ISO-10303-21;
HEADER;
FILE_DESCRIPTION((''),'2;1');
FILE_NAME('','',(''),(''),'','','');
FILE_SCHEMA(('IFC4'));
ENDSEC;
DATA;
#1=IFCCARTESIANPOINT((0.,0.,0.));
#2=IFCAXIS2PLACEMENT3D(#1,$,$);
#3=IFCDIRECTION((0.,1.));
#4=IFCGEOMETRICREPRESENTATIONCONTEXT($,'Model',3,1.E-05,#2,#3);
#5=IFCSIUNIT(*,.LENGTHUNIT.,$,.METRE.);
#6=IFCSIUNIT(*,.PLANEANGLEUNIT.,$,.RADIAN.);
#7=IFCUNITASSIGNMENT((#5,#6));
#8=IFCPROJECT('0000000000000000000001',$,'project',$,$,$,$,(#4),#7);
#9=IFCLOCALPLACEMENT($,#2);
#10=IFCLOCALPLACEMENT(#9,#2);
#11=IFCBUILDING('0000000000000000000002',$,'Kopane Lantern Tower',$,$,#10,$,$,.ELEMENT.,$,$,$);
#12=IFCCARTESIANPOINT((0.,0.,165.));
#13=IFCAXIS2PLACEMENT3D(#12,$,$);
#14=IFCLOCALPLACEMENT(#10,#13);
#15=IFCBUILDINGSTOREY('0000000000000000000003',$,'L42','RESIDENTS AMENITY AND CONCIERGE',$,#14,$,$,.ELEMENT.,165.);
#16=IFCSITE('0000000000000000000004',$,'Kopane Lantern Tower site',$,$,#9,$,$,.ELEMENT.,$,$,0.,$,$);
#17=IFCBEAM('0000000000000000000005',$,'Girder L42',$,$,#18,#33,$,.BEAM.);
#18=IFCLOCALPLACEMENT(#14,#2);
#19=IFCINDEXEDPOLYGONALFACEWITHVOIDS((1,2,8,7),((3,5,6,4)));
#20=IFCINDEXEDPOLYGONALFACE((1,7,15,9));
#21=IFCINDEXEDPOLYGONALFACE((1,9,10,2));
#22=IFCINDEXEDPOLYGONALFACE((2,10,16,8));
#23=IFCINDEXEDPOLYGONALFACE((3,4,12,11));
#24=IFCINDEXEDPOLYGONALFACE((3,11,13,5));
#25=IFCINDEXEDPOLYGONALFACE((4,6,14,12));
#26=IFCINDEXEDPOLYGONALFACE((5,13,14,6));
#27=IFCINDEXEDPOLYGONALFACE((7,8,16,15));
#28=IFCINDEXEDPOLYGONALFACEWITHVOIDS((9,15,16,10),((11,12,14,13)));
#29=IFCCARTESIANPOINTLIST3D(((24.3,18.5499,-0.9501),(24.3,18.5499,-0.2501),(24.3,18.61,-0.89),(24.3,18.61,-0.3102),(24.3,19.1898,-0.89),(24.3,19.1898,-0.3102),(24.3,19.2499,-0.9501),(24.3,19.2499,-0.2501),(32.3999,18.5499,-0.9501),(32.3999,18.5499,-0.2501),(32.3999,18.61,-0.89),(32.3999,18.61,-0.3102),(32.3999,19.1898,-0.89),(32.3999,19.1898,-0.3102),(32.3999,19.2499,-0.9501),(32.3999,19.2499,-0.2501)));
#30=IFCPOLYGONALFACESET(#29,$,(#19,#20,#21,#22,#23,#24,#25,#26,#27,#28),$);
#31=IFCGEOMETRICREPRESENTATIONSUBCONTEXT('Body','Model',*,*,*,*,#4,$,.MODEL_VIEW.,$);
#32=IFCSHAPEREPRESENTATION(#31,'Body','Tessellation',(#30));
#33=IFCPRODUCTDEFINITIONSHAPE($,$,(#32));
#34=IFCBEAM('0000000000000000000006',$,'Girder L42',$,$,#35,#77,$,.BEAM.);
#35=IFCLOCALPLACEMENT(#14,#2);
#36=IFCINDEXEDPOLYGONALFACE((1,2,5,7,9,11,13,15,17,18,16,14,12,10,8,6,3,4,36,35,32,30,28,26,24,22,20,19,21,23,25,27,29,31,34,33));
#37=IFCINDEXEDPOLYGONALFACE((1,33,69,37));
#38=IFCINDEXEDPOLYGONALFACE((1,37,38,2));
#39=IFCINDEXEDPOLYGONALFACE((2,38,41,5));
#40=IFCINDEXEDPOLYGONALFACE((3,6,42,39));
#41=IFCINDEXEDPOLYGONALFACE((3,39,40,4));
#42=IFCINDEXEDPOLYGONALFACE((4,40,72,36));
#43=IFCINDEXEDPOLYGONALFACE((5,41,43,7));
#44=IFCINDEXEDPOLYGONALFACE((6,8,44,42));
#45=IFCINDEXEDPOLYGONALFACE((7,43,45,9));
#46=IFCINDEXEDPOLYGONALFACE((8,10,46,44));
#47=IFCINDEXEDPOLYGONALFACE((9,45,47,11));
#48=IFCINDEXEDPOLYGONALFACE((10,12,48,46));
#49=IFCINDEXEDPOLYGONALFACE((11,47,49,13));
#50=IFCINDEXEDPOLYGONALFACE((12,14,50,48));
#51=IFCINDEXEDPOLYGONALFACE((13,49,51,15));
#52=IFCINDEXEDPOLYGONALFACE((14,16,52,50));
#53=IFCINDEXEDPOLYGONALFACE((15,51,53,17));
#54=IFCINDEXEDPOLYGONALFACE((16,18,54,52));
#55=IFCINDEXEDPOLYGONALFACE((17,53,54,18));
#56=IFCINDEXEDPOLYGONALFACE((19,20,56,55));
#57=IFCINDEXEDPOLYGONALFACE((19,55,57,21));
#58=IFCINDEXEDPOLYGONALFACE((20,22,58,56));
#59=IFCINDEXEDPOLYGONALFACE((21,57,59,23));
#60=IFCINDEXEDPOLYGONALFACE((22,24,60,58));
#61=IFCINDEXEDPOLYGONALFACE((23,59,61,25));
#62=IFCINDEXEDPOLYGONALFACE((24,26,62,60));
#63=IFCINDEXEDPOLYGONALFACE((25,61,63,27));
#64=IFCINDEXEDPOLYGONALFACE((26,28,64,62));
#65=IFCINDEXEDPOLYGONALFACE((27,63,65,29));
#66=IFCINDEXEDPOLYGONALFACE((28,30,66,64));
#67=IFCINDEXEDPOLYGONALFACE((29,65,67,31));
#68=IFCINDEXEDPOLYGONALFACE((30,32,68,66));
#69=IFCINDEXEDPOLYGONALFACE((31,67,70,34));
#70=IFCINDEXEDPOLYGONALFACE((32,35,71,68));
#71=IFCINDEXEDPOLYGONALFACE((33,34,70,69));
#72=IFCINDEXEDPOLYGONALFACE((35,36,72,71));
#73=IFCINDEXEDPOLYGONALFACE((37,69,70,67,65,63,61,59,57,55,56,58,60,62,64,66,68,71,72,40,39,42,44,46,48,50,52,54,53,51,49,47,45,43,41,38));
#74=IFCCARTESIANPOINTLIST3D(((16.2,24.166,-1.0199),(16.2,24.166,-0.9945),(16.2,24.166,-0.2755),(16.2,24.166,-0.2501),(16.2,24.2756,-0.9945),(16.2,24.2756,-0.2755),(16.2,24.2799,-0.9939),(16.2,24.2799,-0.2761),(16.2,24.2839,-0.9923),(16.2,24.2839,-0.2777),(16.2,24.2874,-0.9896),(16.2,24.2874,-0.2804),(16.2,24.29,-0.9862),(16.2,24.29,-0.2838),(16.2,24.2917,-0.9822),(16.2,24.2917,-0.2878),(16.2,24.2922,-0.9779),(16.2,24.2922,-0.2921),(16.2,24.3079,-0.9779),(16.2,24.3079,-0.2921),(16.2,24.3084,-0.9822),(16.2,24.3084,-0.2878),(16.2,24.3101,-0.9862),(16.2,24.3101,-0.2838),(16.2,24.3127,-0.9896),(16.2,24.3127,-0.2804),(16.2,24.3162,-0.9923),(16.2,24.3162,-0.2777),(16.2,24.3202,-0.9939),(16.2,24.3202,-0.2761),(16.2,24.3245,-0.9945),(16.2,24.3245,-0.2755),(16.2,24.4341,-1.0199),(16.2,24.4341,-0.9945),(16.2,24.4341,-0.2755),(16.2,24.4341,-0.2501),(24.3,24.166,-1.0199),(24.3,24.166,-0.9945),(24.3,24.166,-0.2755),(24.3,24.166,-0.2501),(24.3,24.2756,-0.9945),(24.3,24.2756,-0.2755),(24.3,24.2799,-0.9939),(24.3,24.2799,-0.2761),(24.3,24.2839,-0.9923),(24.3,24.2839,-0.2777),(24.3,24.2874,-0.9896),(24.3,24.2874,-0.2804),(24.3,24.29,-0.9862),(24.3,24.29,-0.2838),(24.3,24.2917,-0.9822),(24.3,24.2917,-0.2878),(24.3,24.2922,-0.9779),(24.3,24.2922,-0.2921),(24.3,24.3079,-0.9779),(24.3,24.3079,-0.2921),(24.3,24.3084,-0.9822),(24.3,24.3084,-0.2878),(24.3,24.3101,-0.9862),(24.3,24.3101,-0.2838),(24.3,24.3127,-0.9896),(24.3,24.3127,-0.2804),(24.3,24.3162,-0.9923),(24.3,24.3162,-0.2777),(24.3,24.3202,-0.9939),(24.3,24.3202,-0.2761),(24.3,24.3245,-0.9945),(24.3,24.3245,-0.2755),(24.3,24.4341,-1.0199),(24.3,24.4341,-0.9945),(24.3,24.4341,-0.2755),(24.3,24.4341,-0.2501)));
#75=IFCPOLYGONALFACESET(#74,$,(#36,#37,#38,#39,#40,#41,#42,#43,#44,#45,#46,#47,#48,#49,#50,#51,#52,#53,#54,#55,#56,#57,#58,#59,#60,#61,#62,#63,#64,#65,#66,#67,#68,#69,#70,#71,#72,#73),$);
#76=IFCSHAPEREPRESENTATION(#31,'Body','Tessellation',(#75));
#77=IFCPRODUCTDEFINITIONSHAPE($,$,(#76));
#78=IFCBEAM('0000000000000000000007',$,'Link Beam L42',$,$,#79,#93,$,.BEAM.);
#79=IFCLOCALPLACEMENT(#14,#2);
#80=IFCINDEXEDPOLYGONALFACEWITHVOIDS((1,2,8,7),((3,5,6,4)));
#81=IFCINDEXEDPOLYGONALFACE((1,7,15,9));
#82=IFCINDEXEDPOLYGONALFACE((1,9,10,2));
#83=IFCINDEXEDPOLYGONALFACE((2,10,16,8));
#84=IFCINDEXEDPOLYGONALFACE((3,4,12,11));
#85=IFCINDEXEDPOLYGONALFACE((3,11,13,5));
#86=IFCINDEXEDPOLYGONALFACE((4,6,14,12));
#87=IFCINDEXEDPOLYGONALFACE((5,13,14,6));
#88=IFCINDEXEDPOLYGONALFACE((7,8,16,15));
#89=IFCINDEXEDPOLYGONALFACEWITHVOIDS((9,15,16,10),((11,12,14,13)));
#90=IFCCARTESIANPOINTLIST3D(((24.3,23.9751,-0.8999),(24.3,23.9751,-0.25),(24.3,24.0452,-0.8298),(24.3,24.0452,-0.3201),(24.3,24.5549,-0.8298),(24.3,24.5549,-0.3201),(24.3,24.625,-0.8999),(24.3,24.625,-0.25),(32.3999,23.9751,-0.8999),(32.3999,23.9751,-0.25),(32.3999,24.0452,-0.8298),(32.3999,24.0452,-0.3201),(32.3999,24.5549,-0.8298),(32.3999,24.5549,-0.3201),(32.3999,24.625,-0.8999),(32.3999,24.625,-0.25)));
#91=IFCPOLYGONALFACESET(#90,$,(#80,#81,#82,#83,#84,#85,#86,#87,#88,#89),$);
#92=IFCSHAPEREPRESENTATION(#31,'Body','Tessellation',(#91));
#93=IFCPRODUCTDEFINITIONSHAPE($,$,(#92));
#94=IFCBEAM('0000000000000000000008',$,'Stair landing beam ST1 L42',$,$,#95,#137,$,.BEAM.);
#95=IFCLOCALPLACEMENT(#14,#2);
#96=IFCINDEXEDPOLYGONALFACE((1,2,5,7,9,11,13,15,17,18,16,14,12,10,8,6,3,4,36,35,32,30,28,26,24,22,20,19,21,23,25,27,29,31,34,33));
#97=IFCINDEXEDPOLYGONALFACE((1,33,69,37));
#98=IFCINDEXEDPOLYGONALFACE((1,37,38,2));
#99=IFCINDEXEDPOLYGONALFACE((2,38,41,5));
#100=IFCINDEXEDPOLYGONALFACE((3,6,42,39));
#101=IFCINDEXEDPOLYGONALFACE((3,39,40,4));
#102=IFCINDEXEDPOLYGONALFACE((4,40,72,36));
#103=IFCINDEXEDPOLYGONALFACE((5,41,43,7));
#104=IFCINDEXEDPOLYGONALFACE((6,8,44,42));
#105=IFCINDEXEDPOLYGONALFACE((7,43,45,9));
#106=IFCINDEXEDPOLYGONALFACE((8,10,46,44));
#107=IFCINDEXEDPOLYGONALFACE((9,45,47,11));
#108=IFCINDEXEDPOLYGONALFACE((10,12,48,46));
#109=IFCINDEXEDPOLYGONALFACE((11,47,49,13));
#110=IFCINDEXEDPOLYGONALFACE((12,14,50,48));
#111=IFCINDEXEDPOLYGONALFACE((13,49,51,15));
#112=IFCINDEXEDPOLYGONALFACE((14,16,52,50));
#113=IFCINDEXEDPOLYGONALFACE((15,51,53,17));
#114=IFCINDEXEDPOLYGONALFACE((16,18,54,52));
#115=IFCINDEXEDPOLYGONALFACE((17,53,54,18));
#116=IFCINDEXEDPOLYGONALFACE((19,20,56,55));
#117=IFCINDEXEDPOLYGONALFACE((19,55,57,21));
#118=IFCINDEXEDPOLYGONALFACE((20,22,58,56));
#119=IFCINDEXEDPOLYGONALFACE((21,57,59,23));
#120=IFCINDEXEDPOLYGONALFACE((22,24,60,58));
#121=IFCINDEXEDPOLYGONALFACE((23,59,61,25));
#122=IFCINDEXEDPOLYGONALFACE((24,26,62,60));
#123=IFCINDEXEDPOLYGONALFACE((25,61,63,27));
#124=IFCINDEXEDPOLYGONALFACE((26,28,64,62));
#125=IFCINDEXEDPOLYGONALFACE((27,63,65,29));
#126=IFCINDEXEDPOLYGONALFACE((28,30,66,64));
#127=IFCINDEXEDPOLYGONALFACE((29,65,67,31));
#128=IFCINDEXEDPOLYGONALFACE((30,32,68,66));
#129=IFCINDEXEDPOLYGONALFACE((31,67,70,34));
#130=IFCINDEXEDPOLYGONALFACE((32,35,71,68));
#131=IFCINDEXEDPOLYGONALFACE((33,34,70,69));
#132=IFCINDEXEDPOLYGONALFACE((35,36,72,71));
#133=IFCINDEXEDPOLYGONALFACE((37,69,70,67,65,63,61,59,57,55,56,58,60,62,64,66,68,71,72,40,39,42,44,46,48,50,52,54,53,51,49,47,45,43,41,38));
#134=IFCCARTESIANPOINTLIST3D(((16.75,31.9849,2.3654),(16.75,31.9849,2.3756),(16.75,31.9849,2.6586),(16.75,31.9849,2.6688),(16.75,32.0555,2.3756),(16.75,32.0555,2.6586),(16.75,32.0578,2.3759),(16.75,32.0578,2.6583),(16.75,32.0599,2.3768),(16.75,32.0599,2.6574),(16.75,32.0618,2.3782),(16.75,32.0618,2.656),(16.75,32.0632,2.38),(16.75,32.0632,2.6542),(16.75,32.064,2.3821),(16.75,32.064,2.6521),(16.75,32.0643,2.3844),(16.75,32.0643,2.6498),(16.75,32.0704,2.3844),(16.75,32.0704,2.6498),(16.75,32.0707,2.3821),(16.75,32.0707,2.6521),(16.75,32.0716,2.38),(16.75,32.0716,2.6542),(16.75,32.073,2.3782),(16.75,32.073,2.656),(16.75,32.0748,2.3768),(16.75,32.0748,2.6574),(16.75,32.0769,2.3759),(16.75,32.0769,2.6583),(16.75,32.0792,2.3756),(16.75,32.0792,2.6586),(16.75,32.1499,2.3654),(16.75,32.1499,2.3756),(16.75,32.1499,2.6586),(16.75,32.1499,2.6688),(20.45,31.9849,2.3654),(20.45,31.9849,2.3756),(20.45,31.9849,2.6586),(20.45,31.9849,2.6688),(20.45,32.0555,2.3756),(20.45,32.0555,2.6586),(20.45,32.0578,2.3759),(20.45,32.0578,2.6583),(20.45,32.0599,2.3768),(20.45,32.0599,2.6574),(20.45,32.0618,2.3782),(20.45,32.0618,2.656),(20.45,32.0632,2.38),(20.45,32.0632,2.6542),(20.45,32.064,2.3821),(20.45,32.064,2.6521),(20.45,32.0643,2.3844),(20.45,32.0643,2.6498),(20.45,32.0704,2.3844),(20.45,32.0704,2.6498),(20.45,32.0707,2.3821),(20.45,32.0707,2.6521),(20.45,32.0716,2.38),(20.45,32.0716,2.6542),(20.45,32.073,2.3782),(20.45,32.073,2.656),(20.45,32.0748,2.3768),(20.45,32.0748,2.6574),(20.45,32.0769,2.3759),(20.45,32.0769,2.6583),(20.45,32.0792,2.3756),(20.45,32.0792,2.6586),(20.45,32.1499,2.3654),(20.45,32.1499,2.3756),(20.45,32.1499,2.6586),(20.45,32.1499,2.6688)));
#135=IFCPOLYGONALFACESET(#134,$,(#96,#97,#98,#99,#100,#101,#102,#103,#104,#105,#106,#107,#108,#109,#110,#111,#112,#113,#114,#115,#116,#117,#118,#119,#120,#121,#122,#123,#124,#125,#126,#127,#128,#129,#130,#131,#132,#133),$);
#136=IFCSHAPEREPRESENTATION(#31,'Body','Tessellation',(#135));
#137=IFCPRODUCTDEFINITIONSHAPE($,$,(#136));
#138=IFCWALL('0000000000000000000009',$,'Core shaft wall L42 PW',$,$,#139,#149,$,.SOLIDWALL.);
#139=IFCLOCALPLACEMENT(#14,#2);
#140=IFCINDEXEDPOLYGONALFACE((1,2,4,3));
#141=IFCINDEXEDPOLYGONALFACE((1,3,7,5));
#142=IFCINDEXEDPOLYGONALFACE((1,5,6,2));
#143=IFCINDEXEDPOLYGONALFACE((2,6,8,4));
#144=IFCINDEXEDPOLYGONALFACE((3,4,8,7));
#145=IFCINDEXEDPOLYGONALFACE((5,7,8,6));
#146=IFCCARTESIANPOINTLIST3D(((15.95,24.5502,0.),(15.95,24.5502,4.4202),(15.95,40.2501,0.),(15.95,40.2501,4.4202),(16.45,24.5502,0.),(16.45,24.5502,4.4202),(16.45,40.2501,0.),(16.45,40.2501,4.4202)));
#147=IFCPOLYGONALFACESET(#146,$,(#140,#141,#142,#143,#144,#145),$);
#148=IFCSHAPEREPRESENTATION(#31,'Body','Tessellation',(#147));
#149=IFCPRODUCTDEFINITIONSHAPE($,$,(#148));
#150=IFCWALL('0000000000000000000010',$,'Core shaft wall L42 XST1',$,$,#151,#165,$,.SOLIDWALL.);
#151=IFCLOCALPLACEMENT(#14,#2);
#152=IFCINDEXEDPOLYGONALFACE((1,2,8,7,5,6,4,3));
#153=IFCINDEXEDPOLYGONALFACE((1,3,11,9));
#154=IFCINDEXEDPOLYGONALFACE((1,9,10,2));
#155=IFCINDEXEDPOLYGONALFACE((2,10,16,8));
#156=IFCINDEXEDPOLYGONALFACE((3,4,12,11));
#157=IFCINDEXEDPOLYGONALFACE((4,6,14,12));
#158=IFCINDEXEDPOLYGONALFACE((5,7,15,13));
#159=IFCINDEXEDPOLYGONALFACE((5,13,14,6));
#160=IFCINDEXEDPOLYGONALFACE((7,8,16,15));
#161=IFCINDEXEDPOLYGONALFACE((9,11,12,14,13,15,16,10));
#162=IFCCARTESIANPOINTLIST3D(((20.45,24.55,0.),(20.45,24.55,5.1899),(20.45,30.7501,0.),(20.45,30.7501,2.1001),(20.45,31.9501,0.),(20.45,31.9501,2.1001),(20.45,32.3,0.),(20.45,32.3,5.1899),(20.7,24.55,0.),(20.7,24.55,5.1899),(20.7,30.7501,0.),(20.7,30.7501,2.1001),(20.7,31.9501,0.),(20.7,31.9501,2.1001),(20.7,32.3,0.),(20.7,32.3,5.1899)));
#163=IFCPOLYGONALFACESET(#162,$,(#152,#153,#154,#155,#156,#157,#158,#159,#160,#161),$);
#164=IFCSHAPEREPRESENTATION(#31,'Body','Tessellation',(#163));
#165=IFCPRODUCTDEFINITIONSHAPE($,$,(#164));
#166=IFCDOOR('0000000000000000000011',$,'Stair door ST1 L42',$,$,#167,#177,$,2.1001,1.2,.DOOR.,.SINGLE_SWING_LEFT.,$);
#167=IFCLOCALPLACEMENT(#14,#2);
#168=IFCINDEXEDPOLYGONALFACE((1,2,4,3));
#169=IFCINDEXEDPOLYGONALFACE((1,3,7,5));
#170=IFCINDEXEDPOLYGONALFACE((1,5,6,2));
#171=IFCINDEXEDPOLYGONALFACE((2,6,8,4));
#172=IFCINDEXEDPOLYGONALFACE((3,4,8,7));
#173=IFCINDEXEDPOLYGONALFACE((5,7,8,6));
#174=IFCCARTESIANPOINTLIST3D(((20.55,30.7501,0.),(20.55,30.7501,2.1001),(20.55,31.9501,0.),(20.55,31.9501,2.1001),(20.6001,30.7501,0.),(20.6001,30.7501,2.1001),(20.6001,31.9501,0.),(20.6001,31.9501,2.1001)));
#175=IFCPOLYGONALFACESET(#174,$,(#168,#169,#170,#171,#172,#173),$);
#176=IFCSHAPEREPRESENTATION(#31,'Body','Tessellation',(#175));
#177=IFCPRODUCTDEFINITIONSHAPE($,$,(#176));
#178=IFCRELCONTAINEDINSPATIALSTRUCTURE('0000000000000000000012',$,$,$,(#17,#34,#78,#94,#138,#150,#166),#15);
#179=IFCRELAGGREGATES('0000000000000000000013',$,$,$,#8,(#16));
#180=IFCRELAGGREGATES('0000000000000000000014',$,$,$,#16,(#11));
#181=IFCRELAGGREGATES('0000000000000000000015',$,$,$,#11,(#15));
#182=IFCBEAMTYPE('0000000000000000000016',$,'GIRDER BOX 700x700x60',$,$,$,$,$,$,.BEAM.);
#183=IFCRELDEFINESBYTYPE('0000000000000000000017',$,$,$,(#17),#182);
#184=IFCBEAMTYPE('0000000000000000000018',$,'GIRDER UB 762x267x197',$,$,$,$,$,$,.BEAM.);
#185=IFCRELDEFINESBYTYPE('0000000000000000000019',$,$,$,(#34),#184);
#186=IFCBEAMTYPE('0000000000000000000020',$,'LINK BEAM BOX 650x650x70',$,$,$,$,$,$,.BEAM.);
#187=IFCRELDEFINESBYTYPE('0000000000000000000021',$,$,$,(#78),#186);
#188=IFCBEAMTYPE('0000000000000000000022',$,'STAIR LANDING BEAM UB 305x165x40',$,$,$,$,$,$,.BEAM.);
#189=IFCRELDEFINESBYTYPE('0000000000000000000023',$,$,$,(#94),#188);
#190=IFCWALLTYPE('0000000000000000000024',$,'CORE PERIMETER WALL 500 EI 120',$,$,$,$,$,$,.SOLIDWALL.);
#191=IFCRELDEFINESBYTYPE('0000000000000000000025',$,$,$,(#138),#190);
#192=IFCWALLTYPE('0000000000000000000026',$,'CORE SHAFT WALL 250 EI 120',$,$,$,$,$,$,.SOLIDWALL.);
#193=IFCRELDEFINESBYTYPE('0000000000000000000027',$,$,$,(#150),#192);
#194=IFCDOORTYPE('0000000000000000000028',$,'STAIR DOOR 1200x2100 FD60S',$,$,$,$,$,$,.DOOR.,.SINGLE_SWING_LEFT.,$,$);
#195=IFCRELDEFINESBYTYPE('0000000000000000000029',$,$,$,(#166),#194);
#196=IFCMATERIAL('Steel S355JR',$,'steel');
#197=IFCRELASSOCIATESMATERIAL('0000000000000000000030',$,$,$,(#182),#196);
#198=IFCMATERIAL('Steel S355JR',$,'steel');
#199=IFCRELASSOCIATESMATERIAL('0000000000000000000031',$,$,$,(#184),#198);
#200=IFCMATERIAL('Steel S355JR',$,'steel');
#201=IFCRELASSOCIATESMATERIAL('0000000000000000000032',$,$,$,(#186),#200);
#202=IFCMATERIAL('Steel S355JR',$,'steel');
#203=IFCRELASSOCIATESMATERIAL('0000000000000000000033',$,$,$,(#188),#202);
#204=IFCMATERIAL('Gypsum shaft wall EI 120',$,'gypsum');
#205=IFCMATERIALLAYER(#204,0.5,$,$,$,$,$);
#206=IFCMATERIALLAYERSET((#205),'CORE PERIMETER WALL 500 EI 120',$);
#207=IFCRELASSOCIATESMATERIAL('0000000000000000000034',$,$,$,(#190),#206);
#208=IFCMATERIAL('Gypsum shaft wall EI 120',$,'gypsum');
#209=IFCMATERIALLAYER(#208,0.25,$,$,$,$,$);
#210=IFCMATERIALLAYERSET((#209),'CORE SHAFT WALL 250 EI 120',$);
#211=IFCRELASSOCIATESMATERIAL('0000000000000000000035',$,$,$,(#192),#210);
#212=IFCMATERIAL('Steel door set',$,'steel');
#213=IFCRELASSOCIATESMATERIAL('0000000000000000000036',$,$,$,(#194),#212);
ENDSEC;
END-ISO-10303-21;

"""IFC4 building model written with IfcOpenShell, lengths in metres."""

from ifc_helpers import new_model, si_unit, direction, frame, frame_2d, origin, origin_2d, place, context, subcontext, project, spatial, rectangle, hollow_rectangle, i_section, extrude, material, layer, layer_set, material_profile, profile_set, type_object, element, fill, save


model = new_model("IFC4")

# Units and contexts
model_context = context("Model", 3, precision=1e-05, world=origin(), true_north=direction((0.0, 1.0)))
body_context = subcontext(model_context, "Body", "Model", "MODEL_VIEW")
ifc_project = project(units=[si_unit("LENGTHUNIT", "METRE"), si_unit("PLANEANGLEUNIT", "RADIAN")], contexts=[model_context])

# Site, building, storey
site_placement = place(None, origin())
site = spatial("IfcSite", under=ifc_project, at=site_placement, Name="Kopane Lantern Tower site", CompositionType="ELEMENT", RefElevation=0.0)
building_placement = place(site_placement, origin())
building = spatial("IfcBuilding", under=site, at=building_placement, Name="Kopane Lantern Tower", CompositionType="ELEMENT")
storey_placement = place(building_placement, frame((0.0, 0.0, 165.0)))
storey = spatial("IfcBuildingStorey", under=building, at=storey_placement, Name="L42", Description="RESIDENTS AMENITY AND CONCIERGE", CompositionType="ELEMENT", Elevation=165.0)

# Beams
ifc_material_1 = material(Name="Steel S355JR", Category="steel")
ifc_material_profile_1 = material_profile(ifc_material_1, hollow_rectangle(XDim=0.7, YDim=0.7, WallThickness=0.0601, at=origin_2d()), Name="BOX 700x700x60")
ifc_profile_set_1 = profile_set([ifc_material_profile_1], Name="Steel S355JR")
beam_type_1 = type_object("IfcBeamType", Name="GIRDER BOX 700x700x60", PredefinedType="BEAM", material=ifc_profile_set_1)
beam_1_placement = place(storey_placement, frame((24.3, 18.8999, -0.6001), z_axis=(1.0, 0.0, 0.0), x_axis=(0.0, 1.0, 0.0)))
element("IfcBeam", 1, at=beam_1_placement, inside=storey, type_object=beam_type_1, Name="Girder L42", PredefinedType="BEAM", context=body_context, shape_type="SweptSolid", body=[
    extrude(hollow_rectangle(XDim=0.7, YDim=0.7, WallThickness=0.0601, at=origin_2d()), origin(), (0.0, 0.0, 1.0), 8.0999),
])
ifc_material_2 = material(Name="Steel S355JR", Category="steel")
ifc_material_profile_2 = material_profile(ifc_material_2, i_section(OverallWidth=0.2681, OverallDepth=0.7698, WebThickness=0.0156, FlangeThickness=0.0254, FilletRadius=0.0166, at=origin_2d()), Name="UB 762x267x197")
ifc_profile_set_2 = profile_set([ifc_material_profile_2], Name="Steel S355JR")
beam_type_2 = type_object("IfcBeamType", Name="GIRDER UB 762x267x197", PredefinedType="BEAM", material=ifc_profile_set_2)
beam_2_placement = place(storey_placement, frame((16.2, 24.3, -0.635), z_axis=(1.0, 0.0, 0.0), x_axis=(0.0, 1.0, 0.0)))
element("IfcBeam", 2, at=beam_2_placement, inside=storey, type_object=beam_type_2, Name="Girder L42", PredefinedType="BEAM", context=body_context, shape_type="SweptSolid", body=[
    extrude(i_section(OverallWidth=0.2681, OverallDepth=0.7698, WebThickness=0.0156, FlangeThickness=0.0254, FilletRadius=0.0166, at=origin_2d()), origin(), (0.0, 0.0, 1.0), 8.1001),
])
ifc_material_3 = material(Name="Steel S355JR", Category="steel")
ifc_material_profile_3 = material_profile(ifc_material_3, hollow_rectangle(XDim=0.6499, YDim=0.6499, WallThickness=0.0701, at=origin_2d()), Name="BOX 650x650x70")
ifc_profile_set_3 = profile_set([ifc_material_profile_3], Name="Steel S355JR")
beam_type_3 = type_object("IfcBeamType", Name="LINK BEAM BOX 650x650x70", PredefinedType="BEAM", material=ifc_profile_set_3)
beam_3_placement = place(storey_placement, frame((24.3, 24.3, -0.575), z_axis=(1.0, 0.0, 0.0), x_axis=(0.0, 1.0, 0.0)))
element("IfcBeam", 3, at=beam_3_placement, inside=storey, type_object=beam_type_3, Name="Link Beam L42", PredefinedType="BEAM", context=body_context, shape_type="SweptSolid", body=[
    extrude(hollow_rectangle(XDim=0.6499, YDim=0.6499, WallThickness=0.0701, at=origin_2d()), origin(), (0.0, 0.0, 1.0), 8.0999),
])
ifc_material_4 = material(Name="Steel S355JR", Category="steel")
ifc_material_profile_4 = material_profile(ifc_material_4, i_section(OverallWidth=0.165, OverallDepth=0.3035, WebThickness=0.0061, FlangeThickness=0.0103, FilletRadius=0.0088, at=origin_2d()), Name="UB 305x165x40")
ifc_profile_set_4 = profile_set([ifc_material_profile_4], Name="Steel S355JR")
beam_type_4 = type_object("IfcBeamType", Name="STAIR LANDING BEAM UB 305x165x40", PredefinedType="BEAM", material=ifc_profile_set_4)
beam_4_placement = place(storey_placement, frame((16.75, 32.0674, 2.5171), z_axis=(1.0, 0.0, 0.0), x_axis=(0.0, 1.0, 0.0)))
element("IfcBeam", 4, at=beam_4_placement, inside=storey, type_object=beam_type_4, Name="Stair landing beam ST1 L42", PredefinedType="BEAM", context=body_context, shape_type="SweptSolid", body=[
    extrude(i_section(OverallWidth=0.165, OverallDepth=0.3035, WebThickness=0.0061, FlangeThickness=0.0103, FilletRadius=0.0088, at=origin_2d()), origin(), (0.0, 0.0, 1.0), 3.7),
])

# Wall
ifc_material_5 = material(Name="Gypsum shaft wall EI 120", Category="gypsum")
ifc_layer_1 = layer(ifc_material_5, 0.5)
ifc_layer_set_1 = layer_set([ifc_layer_1], Name="CORE PERIMETER WALL 500 EI 120")
wall_type_1 = type_object("IfcWallType", Name="CORE PERIMETER WALL 500 EI 120", PredefinedType="SOLIDWALL", material=ifc_layer_set_1)
wall_1_placement = place(storey_placement, frame((16.2, 24.55, 0.0), z_axis=(0.0, 0.0, 1.0), x_axis=(0.0, 1.0, 0.0)))
element("IfcWall", 5, at=wall_1_placement, inside=storey, type_object=wall_type_1, Name="Core shaft wall L42 PW", PredefinedType="SOLIDWALL", context=body_context, shape_type="SweptSolid", body=[
    extrude(rectangle(XDim=15.7, YDim=0.5, at=frame_2d((7.8501, 0.0))), origin(), (0.0, 0.0, 1.0), 4.4202),
])

# Wall, opening, door
ifc_material_6 = material(Name="Gypsum shaft wall EI 120", Category="gypsum")
ifc_layer_2 = layer(ifc_material_6, 0.25)
ifc_layer_set_2 = layer_set([ifc_layer_2], Name="CORE SHAFT WALL 250 EI 120")
wall_type_2 = type_object("IfcWallType", Name="CORE SHAFT WALL 250 EI 120", PredefinedType="SOLIDWALL", material=ifc_layer_set_2)
wall_2_placement = place(storey_placement, frame((20.575, 24.55, 0.0), z_axis=(0.0, 0.0, 1.0), x_axis=(0.0, 1.0, 0.0)))
wall_2 = element("IfcWall", 6, at=wall_2_placement, inside=storey, type_object=wall_type_2, Name="Core shaft wall L42 XST1", PredefinedType="SOLIDWALL", context=body_context, shape_type="SweptSolid", body=[
    extrude(rectangle(XDim=7.75, YDim=0.25, at=frame_2d((3.875, 0.0))), origin(), (0.0, 0.0, 1.0), 5.1899),
])
opening_1_placement = place(wall_2_placement, frame((6.2, 0.0, 0.0)))
opening_1 = element("IfcOpeningElement", 7, at=opening_1_placement, cuts=wall_2, PredefinedType="OPENING", context=body_context, shape_type="SweptSolid", body=[
    extrude(rectangle(XDim=1.2, YDim=2.1001, at=frame_2d((0.6001, 1.05))), frame((0.0, 0.135, 0.0), z_axis=(0.0, -1.0, 0.0), x_axis=(1.0, 0.0, 0.0)), (0.0, 0.0, 1.0), 0.27),
])
ifc_material_7 = material(Name="Steel door set", Category="steel")
door_type_1 = type_object("IfcDoorType", Name="STAIR DOOR 1200x2100 FD60S", OperationType="SINGLE_SWING_LEFT", PredefinedType="DOOR", material=ifc_material_7)
door_1_placement = place(opening_1_placement, origin())
door_1 = element("IfcDoor", 8, at=door_1_placement, inside=storey, type_object=door_type_1, Name="Stair door ST1 L42", OperationType="SINGLE_SWING_LEFT", OverallHeight=2.1001, OverallWidth=1.2, PredefinedType="DOOR", context=body_context, shape_type="SweptSolid", body=[
    extrude(rectangle(XDim=1.2, YDim=2.1001, at=frame_2d((0.6001, 1.05))), frame((0.0, 0.0249, 0.0), z_axis=(0.0, -1.0, 0.0), x_axis=(1.0, 0.0, 0.0)), (0.0, 0.0, 1.0), 0.05),
])
fill(opening_1, door_1)

save(model, "model.ifc")
